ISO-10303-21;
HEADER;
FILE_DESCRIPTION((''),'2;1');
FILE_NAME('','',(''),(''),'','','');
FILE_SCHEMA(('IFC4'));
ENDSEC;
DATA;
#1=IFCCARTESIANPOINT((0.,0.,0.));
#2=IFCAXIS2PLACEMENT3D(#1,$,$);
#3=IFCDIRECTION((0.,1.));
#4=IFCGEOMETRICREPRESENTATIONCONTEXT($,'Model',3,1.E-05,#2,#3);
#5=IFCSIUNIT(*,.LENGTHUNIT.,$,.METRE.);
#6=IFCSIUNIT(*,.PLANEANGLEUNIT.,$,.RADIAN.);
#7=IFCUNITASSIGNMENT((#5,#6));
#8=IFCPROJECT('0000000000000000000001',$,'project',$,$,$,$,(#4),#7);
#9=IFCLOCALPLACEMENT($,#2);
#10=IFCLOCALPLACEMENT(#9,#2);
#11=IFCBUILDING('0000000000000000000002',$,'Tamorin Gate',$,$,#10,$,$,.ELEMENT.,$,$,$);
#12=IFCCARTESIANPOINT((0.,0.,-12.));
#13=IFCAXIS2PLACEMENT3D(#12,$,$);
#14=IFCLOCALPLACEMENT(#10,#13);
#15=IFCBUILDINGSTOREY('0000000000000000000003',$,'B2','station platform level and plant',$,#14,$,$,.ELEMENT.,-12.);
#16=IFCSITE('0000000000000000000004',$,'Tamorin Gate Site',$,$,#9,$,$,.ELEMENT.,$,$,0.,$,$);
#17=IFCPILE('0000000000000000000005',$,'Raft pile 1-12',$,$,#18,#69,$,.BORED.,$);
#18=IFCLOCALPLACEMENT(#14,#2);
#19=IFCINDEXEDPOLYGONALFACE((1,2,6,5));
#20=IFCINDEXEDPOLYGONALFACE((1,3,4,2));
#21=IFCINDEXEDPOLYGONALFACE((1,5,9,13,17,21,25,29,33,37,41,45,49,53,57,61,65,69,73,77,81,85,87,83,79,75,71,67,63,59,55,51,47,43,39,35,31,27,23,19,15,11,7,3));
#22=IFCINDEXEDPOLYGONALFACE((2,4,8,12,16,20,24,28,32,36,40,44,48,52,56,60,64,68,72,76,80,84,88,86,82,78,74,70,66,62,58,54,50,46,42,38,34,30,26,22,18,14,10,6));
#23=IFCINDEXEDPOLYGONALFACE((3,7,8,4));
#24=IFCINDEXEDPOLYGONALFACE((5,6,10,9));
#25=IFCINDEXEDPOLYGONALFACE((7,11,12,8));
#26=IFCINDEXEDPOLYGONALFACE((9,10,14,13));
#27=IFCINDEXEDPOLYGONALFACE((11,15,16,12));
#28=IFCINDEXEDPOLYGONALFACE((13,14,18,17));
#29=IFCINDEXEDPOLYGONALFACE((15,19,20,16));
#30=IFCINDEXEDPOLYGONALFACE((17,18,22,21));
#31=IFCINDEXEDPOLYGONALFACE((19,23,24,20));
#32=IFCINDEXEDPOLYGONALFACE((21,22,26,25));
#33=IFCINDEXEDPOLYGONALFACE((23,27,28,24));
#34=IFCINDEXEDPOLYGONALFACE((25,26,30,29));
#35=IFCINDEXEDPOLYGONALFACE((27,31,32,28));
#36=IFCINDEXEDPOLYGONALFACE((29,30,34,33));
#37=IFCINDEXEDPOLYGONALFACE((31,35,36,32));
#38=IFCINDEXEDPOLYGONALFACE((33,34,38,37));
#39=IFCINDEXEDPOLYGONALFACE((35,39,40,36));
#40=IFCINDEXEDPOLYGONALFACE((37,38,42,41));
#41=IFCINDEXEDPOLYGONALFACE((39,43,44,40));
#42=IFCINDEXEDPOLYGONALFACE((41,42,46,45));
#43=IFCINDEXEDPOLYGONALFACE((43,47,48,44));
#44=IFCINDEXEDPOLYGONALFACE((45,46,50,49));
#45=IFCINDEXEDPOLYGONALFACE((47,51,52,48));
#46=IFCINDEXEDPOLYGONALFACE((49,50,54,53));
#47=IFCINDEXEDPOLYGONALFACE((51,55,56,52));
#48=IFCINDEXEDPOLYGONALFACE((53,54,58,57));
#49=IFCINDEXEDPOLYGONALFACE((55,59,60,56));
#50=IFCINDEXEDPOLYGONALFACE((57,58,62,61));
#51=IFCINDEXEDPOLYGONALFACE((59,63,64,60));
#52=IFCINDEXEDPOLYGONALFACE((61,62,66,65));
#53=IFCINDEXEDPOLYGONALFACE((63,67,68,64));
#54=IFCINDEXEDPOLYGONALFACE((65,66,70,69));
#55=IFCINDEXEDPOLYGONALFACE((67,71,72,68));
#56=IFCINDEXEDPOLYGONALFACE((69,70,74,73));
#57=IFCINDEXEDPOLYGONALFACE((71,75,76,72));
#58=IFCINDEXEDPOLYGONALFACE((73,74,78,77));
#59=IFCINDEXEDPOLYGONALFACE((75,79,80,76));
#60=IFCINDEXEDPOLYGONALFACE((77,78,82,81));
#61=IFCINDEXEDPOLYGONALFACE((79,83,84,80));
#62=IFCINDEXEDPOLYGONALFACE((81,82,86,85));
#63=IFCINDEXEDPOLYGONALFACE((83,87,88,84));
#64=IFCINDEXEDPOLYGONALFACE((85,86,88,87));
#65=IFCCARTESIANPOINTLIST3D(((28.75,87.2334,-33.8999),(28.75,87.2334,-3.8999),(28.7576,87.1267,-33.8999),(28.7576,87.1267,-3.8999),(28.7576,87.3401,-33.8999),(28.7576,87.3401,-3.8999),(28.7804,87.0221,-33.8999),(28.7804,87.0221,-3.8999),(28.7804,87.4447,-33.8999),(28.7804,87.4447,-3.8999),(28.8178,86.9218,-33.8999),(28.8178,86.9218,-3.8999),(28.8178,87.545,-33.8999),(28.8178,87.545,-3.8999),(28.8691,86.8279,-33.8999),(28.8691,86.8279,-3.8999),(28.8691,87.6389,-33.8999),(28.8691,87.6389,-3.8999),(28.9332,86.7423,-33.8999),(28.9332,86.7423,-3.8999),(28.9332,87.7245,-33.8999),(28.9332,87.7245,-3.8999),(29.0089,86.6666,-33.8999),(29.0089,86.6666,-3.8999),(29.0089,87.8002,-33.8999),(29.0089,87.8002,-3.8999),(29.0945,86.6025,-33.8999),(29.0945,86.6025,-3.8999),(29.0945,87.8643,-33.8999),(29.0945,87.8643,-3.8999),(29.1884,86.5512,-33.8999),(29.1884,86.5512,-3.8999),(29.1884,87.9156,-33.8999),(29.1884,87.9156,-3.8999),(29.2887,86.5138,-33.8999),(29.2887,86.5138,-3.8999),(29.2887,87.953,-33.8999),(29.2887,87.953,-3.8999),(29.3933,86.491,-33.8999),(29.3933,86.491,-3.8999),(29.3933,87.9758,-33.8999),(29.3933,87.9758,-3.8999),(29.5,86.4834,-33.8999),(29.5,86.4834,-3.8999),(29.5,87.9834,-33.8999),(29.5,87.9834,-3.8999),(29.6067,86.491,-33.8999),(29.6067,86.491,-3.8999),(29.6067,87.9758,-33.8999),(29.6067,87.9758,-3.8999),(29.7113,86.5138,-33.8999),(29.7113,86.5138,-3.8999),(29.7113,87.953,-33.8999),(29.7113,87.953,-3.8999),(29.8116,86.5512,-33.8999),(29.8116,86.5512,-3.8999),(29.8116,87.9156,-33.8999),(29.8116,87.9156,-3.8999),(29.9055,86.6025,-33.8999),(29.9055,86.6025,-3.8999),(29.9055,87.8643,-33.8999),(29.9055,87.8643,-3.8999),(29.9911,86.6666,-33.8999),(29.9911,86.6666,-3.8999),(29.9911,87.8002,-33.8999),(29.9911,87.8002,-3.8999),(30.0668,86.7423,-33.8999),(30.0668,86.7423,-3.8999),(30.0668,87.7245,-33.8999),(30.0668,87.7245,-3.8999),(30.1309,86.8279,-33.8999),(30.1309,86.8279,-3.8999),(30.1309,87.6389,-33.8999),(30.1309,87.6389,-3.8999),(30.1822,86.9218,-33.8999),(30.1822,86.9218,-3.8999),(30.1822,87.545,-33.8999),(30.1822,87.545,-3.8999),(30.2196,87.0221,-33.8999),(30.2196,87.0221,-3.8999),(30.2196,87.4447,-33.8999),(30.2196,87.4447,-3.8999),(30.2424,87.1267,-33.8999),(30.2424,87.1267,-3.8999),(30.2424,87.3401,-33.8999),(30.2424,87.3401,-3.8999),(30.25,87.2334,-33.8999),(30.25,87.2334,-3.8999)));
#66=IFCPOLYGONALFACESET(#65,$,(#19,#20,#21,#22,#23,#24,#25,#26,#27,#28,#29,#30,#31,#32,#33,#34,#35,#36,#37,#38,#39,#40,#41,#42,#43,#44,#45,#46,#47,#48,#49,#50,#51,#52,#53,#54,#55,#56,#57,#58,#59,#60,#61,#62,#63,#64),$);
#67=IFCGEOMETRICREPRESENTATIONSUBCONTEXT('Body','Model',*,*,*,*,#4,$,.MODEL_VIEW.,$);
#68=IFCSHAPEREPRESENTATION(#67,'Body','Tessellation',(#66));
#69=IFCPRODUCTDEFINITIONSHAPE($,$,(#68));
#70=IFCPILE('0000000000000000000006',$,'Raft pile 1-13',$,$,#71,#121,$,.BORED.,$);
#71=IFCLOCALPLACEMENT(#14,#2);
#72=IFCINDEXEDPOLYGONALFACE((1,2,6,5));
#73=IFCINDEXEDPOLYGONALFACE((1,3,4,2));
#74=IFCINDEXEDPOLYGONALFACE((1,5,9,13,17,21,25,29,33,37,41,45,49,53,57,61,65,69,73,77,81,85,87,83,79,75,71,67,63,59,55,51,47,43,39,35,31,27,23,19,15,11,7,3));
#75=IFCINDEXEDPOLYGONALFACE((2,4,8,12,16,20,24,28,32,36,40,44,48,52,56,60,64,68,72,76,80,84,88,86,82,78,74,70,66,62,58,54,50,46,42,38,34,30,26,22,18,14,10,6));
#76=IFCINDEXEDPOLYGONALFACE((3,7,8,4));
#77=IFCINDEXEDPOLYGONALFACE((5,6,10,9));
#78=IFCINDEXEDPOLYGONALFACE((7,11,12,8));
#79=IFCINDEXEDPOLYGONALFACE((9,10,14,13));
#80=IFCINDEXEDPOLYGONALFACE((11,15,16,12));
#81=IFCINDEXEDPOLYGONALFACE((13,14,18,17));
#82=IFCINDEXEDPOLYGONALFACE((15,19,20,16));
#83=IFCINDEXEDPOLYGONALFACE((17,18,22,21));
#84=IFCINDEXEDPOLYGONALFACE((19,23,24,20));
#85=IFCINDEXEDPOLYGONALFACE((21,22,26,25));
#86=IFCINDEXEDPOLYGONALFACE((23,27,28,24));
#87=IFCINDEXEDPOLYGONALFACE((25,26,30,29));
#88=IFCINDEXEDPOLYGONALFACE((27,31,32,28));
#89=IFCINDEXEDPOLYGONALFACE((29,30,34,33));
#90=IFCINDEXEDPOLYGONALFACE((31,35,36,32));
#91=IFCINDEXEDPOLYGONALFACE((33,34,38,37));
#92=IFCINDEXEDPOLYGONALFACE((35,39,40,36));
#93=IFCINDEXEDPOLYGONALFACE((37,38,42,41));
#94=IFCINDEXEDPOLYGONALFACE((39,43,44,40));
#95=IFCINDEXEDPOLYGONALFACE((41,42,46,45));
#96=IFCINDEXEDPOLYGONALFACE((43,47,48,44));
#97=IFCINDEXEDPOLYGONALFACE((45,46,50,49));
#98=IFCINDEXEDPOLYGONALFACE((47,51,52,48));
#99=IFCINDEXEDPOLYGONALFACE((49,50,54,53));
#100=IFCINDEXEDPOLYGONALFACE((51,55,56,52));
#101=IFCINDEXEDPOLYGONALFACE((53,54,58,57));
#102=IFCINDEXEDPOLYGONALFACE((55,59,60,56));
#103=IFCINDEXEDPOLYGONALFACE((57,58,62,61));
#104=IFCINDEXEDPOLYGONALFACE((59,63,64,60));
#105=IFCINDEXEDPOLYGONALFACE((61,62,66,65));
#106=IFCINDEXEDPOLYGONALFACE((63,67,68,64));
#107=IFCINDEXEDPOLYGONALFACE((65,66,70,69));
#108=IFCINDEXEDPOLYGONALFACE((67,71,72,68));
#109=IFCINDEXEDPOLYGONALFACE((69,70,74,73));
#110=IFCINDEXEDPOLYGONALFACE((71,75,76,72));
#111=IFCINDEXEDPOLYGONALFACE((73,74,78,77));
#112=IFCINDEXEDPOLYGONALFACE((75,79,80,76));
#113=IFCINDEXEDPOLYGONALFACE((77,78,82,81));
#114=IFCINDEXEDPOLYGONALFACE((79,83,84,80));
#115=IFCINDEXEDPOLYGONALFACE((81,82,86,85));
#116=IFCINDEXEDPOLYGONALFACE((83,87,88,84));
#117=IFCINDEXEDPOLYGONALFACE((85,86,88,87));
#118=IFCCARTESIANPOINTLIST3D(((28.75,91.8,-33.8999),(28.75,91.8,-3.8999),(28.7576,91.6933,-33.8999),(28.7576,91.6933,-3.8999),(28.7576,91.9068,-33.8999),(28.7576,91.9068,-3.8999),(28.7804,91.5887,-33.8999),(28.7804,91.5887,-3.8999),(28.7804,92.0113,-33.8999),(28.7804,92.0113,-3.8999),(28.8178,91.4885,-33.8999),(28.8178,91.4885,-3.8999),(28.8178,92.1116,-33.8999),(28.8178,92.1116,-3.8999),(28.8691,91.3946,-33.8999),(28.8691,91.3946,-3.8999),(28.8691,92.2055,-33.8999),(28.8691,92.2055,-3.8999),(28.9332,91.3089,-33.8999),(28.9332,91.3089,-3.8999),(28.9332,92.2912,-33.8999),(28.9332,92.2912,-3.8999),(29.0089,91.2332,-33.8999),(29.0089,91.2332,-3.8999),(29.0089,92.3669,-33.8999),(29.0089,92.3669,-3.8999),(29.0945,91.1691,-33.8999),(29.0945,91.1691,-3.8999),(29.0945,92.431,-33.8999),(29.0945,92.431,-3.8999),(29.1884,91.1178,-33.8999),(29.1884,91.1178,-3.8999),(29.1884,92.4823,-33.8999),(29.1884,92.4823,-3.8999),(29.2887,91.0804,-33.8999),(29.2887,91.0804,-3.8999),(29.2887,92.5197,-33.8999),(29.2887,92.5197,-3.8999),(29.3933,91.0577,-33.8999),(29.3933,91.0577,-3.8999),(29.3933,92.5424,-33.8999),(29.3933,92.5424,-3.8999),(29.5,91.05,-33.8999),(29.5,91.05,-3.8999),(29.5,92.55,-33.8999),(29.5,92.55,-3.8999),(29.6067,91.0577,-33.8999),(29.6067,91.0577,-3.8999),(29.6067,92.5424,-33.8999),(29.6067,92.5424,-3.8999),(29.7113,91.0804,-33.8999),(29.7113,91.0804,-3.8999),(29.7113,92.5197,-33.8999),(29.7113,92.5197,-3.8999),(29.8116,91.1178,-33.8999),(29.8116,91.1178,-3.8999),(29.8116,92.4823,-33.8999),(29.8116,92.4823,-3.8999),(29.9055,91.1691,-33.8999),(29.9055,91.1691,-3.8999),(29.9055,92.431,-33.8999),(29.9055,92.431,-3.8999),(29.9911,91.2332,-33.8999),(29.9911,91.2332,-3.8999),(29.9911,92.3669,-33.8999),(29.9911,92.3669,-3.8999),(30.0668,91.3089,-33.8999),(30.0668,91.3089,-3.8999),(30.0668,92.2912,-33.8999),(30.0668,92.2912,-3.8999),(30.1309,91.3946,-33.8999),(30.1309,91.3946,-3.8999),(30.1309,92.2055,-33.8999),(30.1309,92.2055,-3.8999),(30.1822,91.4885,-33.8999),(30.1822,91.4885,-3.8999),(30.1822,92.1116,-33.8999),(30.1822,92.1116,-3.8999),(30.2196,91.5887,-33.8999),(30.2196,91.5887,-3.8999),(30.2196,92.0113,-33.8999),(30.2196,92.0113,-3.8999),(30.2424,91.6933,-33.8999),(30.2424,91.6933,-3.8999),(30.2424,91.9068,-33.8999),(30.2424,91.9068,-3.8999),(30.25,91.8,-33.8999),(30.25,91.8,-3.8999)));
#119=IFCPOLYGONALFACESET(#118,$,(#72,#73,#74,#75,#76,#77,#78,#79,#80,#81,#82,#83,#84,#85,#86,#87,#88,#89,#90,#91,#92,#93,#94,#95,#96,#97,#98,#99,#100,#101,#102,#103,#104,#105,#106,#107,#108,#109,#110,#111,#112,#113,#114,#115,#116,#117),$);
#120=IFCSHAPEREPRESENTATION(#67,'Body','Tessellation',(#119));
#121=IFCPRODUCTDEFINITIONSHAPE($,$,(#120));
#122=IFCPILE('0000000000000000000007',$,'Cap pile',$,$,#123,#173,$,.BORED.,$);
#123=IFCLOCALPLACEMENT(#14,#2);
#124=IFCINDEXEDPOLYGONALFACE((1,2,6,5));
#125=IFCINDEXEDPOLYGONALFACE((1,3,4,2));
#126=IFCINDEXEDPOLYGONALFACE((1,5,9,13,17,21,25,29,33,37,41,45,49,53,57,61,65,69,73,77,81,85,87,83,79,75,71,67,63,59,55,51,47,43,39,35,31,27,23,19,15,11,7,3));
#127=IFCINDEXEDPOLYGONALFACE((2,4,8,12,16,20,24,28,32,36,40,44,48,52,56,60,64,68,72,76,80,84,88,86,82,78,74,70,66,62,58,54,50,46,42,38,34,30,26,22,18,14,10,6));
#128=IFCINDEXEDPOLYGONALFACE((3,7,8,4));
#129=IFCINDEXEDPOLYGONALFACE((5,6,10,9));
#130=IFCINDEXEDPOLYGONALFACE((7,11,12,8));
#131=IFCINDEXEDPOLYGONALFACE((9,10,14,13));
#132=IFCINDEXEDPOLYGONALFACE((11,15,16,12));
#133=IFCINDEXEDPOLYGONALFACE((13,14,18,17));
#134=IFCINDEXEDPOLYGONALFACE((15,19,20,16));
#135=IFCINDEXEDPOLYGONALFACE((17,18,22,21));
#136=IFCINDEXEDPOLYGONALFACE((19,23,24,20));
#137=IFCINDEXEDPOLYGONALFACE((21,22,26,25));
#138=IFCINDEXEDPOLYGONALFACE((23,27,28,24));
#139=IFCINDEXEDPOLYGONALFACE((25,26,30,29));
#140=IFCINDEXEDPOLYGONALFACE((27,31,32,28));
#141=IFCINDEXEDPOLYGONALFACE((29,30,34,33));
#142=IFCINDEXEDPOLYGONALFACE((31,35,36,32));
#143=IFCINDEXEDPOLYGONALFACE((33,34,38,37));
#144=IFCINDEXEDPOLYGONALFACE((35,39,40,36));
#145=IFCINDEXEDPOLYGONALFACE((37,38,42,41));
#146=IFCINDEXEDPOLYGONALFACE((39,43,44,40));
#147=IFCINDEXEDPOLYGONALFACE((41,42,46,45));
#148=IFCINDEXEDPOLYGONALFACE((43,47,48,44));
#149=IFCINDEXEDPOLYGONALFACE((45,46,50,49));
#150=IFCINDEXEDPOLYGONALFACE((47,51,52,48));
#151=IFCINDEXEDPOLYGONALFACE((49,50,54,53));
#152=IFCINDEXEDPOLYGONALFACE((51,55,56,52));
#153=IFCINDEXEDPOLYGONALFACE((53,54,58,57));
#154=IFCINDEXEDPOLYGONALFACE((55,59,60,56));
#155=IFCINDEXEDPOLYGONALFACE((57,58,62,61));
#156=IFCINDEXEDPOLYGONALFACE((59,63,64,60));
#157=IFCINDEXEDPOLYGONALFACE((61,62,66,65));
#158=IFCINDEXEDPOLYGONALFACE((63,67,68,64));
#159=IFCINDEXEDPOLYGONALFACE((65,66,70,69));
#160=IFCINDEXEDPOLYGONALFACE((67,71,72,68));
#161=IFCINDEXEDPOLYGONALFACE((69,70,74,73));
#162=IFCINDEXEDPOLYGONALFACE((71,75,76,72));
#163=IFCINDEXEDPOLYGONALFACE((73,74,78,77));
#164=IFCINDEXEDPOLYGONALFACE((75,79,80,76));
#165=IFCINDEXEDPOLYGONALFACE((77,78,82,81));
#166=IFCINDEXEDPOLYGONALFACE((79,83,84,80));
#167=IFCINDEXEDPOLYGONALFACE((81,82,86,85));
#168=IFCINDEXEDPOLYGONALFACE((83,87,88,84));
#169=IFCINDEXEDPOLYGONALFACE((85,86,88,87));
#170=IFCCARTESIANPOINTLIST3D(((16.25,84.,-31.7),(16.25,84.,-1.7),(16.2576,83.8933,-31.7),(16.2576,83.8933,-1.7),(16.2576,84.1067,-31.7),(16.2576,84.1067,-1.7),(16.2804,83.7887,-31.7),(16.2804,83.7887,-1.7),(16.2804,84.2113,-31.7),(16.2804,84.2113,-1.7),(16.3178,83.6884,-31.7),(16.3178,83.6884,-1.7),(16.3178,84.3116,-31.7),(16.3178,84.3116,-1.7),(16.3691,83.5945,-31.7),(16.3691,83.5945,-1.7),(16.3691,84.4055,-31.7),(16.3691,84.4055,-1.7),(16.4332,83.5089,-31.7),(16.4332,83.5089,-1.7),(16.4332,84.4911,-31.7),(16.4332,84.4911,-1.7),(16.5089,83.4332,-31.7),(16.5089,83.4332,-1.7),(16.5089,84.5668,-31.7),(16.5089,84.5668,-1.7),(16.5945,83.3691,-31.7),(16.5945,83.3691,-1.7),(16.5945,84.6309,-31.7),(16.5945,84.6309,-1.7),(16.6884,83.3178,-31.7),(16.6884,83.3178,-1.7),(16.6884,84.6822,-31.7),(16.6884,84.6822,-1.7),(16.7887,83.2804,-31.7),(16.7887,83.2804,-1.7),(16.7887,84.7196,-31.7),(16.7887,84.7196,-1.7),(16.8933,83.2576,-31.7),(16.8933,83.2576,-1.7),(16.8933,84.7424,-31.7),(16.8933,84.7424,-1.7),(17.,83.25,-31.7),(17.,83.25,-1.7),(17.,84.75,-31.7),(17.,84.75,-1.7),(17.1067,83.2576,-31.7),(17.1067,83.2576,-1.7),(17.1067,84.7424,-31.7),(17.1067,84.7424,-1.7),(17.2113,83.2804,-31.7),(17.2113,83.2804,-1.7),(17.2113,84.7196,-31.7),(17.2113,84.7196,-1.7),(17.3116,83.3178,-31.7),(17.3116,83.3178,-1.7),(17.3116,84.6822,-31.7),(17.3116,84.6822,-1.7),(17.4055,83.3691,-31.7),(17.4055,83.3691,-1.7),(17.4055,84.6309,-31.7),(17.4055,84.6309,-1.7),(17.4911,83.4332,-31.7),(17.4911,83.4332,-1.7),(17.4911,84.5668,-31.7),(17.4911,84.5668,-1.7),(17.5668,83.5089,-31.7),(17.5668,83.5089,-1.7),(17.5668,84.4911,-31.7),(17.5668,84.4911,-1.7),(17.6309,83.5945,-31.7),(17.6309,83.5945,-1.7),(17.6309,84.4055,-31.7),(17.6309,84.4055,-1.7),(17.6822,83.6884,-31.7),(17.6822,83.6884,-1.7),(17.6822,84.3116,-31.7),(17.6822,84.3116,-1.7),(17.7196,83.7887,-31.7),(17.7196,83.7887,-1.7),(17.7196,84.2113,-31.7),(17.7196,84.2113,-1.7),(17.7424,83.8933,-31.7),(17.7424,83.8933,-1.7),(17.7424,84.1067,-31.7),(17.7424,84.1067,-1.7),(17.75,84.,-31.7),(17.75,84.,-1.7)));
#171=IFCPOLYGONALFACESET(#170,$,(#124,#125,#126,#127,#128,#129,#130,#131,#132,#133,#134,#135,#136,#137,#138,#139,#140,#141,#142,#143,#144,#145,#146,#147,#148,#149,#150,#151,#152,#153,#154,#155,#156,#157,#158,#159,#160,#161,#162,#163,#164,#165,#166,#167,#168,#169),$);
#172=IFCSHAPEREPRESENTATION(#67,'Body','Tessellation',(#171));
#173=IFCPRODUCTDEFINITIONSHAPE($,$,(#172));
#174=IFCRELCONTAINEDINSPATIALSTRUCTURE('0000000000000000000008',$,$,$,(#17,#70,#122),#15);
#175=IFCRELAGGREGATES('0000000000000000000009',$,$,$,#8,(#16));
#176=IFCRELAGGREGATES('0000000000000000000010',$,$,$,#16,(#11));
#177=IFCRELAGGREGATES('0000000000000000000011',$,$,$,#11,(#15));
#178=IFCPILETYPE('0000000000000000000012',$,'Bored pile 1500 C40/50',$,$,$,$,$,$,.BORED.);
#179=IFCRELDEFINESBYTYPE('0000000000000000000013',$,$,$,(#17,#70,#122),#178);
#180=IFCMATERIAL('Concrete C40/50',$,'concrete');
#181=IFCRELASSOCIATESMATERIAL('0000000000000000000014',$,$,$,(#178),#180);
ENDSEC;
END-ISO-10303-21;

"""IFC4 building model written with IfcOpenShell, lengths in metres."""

from ifc_helpers import new_model, si_unit, direction, frame, origin, origin_2d, place, context, subcontext, project, spatial, circle, extrude, material, material_profile, profile_set, type_object, element, save


model = new_model("IFC4")

# Units and contexts
model_context = context("Model", 3, precision=1e-05, world=origin(), true_north=direction((0.0, 1.0)))
body_context = subcontext(model_context, "Body", "Model", "MODEL_VIEW")
ifc_project = project(units=[si_unit("LENGTHUNIT", "METRE"), si_unit("PLANEANGLEUNIT", "RADIAN")], contexts=[model_context])

# Site, building, storey
site_placement = place(None, origin())
site = spatial("IfcSite", under=ifc_project, at=site_placement, Name="Tamorin Gate Site", CompositionType="ELEMENT", RefElevation=0.0)
building_placement = place(site_placement, origin())
building = spatial("IfcBuilding", under=site, at=building_placement, Name="Tamorin Gate", CompositionType="ELEMENT")
storey_placement = place(building_placement, frame((0.0, 0.0, -12.0)))
storey = spatial("IfcBuildingStorey", under=building, at=storey_placement, Name="B2", Description="station platform level and plant", CompositionType="ELEMENT", Elevation=-12.0)

# Piles
ifc_material_1 = material(Name="Concrete C40/50", Category="concrete")
ifc_material_profile_1 = material_profile(ifc_material_1, circle(Radius=0.75, at=origin_2d()))
ifc_profile_set_1 = profile_set([ifc_material_profile_1], Name="Concrete C40/50")
pile_type = type_object("IfcPileType", Name="Bored pile 1500 C40/50", PredefinedType="BORED", material=ifc_profile_set_1)
for number, where, z_axis, x_axis, name in (
    (1, (29.5, 87.2334, -3.8999), (0.0, 0.0, -1.0), (1.0, 0.0, 0.0), "Raft pile 1-12"),
    (2, (29.5, 91.8, -3.8999), (0.0, 0.0, -1.0), (1.0, 0.0, 0.0), "Raft pile 1-13"),
    (3, (17.0, 84.0, -1.7), (0.0, 0.0, -1.0), (1.0, 0.0, 0.0), "Cap pile"),
):
    element("IfcPile", number, at=place(storey_placement, frame(where, z_axis=z_axis, x_axis=x_axis)), inside=storey, type_object=pile_type, Name=name, PredefinedType="BORED", context=body_context, shape_type="SweptSolid", body=[
        extrude(circle(Radius=0.75, at=origin_2d()), origin(), (0.0, 0.0, 1.0), 30.0),
    ])

save(model, "model.ifc")
